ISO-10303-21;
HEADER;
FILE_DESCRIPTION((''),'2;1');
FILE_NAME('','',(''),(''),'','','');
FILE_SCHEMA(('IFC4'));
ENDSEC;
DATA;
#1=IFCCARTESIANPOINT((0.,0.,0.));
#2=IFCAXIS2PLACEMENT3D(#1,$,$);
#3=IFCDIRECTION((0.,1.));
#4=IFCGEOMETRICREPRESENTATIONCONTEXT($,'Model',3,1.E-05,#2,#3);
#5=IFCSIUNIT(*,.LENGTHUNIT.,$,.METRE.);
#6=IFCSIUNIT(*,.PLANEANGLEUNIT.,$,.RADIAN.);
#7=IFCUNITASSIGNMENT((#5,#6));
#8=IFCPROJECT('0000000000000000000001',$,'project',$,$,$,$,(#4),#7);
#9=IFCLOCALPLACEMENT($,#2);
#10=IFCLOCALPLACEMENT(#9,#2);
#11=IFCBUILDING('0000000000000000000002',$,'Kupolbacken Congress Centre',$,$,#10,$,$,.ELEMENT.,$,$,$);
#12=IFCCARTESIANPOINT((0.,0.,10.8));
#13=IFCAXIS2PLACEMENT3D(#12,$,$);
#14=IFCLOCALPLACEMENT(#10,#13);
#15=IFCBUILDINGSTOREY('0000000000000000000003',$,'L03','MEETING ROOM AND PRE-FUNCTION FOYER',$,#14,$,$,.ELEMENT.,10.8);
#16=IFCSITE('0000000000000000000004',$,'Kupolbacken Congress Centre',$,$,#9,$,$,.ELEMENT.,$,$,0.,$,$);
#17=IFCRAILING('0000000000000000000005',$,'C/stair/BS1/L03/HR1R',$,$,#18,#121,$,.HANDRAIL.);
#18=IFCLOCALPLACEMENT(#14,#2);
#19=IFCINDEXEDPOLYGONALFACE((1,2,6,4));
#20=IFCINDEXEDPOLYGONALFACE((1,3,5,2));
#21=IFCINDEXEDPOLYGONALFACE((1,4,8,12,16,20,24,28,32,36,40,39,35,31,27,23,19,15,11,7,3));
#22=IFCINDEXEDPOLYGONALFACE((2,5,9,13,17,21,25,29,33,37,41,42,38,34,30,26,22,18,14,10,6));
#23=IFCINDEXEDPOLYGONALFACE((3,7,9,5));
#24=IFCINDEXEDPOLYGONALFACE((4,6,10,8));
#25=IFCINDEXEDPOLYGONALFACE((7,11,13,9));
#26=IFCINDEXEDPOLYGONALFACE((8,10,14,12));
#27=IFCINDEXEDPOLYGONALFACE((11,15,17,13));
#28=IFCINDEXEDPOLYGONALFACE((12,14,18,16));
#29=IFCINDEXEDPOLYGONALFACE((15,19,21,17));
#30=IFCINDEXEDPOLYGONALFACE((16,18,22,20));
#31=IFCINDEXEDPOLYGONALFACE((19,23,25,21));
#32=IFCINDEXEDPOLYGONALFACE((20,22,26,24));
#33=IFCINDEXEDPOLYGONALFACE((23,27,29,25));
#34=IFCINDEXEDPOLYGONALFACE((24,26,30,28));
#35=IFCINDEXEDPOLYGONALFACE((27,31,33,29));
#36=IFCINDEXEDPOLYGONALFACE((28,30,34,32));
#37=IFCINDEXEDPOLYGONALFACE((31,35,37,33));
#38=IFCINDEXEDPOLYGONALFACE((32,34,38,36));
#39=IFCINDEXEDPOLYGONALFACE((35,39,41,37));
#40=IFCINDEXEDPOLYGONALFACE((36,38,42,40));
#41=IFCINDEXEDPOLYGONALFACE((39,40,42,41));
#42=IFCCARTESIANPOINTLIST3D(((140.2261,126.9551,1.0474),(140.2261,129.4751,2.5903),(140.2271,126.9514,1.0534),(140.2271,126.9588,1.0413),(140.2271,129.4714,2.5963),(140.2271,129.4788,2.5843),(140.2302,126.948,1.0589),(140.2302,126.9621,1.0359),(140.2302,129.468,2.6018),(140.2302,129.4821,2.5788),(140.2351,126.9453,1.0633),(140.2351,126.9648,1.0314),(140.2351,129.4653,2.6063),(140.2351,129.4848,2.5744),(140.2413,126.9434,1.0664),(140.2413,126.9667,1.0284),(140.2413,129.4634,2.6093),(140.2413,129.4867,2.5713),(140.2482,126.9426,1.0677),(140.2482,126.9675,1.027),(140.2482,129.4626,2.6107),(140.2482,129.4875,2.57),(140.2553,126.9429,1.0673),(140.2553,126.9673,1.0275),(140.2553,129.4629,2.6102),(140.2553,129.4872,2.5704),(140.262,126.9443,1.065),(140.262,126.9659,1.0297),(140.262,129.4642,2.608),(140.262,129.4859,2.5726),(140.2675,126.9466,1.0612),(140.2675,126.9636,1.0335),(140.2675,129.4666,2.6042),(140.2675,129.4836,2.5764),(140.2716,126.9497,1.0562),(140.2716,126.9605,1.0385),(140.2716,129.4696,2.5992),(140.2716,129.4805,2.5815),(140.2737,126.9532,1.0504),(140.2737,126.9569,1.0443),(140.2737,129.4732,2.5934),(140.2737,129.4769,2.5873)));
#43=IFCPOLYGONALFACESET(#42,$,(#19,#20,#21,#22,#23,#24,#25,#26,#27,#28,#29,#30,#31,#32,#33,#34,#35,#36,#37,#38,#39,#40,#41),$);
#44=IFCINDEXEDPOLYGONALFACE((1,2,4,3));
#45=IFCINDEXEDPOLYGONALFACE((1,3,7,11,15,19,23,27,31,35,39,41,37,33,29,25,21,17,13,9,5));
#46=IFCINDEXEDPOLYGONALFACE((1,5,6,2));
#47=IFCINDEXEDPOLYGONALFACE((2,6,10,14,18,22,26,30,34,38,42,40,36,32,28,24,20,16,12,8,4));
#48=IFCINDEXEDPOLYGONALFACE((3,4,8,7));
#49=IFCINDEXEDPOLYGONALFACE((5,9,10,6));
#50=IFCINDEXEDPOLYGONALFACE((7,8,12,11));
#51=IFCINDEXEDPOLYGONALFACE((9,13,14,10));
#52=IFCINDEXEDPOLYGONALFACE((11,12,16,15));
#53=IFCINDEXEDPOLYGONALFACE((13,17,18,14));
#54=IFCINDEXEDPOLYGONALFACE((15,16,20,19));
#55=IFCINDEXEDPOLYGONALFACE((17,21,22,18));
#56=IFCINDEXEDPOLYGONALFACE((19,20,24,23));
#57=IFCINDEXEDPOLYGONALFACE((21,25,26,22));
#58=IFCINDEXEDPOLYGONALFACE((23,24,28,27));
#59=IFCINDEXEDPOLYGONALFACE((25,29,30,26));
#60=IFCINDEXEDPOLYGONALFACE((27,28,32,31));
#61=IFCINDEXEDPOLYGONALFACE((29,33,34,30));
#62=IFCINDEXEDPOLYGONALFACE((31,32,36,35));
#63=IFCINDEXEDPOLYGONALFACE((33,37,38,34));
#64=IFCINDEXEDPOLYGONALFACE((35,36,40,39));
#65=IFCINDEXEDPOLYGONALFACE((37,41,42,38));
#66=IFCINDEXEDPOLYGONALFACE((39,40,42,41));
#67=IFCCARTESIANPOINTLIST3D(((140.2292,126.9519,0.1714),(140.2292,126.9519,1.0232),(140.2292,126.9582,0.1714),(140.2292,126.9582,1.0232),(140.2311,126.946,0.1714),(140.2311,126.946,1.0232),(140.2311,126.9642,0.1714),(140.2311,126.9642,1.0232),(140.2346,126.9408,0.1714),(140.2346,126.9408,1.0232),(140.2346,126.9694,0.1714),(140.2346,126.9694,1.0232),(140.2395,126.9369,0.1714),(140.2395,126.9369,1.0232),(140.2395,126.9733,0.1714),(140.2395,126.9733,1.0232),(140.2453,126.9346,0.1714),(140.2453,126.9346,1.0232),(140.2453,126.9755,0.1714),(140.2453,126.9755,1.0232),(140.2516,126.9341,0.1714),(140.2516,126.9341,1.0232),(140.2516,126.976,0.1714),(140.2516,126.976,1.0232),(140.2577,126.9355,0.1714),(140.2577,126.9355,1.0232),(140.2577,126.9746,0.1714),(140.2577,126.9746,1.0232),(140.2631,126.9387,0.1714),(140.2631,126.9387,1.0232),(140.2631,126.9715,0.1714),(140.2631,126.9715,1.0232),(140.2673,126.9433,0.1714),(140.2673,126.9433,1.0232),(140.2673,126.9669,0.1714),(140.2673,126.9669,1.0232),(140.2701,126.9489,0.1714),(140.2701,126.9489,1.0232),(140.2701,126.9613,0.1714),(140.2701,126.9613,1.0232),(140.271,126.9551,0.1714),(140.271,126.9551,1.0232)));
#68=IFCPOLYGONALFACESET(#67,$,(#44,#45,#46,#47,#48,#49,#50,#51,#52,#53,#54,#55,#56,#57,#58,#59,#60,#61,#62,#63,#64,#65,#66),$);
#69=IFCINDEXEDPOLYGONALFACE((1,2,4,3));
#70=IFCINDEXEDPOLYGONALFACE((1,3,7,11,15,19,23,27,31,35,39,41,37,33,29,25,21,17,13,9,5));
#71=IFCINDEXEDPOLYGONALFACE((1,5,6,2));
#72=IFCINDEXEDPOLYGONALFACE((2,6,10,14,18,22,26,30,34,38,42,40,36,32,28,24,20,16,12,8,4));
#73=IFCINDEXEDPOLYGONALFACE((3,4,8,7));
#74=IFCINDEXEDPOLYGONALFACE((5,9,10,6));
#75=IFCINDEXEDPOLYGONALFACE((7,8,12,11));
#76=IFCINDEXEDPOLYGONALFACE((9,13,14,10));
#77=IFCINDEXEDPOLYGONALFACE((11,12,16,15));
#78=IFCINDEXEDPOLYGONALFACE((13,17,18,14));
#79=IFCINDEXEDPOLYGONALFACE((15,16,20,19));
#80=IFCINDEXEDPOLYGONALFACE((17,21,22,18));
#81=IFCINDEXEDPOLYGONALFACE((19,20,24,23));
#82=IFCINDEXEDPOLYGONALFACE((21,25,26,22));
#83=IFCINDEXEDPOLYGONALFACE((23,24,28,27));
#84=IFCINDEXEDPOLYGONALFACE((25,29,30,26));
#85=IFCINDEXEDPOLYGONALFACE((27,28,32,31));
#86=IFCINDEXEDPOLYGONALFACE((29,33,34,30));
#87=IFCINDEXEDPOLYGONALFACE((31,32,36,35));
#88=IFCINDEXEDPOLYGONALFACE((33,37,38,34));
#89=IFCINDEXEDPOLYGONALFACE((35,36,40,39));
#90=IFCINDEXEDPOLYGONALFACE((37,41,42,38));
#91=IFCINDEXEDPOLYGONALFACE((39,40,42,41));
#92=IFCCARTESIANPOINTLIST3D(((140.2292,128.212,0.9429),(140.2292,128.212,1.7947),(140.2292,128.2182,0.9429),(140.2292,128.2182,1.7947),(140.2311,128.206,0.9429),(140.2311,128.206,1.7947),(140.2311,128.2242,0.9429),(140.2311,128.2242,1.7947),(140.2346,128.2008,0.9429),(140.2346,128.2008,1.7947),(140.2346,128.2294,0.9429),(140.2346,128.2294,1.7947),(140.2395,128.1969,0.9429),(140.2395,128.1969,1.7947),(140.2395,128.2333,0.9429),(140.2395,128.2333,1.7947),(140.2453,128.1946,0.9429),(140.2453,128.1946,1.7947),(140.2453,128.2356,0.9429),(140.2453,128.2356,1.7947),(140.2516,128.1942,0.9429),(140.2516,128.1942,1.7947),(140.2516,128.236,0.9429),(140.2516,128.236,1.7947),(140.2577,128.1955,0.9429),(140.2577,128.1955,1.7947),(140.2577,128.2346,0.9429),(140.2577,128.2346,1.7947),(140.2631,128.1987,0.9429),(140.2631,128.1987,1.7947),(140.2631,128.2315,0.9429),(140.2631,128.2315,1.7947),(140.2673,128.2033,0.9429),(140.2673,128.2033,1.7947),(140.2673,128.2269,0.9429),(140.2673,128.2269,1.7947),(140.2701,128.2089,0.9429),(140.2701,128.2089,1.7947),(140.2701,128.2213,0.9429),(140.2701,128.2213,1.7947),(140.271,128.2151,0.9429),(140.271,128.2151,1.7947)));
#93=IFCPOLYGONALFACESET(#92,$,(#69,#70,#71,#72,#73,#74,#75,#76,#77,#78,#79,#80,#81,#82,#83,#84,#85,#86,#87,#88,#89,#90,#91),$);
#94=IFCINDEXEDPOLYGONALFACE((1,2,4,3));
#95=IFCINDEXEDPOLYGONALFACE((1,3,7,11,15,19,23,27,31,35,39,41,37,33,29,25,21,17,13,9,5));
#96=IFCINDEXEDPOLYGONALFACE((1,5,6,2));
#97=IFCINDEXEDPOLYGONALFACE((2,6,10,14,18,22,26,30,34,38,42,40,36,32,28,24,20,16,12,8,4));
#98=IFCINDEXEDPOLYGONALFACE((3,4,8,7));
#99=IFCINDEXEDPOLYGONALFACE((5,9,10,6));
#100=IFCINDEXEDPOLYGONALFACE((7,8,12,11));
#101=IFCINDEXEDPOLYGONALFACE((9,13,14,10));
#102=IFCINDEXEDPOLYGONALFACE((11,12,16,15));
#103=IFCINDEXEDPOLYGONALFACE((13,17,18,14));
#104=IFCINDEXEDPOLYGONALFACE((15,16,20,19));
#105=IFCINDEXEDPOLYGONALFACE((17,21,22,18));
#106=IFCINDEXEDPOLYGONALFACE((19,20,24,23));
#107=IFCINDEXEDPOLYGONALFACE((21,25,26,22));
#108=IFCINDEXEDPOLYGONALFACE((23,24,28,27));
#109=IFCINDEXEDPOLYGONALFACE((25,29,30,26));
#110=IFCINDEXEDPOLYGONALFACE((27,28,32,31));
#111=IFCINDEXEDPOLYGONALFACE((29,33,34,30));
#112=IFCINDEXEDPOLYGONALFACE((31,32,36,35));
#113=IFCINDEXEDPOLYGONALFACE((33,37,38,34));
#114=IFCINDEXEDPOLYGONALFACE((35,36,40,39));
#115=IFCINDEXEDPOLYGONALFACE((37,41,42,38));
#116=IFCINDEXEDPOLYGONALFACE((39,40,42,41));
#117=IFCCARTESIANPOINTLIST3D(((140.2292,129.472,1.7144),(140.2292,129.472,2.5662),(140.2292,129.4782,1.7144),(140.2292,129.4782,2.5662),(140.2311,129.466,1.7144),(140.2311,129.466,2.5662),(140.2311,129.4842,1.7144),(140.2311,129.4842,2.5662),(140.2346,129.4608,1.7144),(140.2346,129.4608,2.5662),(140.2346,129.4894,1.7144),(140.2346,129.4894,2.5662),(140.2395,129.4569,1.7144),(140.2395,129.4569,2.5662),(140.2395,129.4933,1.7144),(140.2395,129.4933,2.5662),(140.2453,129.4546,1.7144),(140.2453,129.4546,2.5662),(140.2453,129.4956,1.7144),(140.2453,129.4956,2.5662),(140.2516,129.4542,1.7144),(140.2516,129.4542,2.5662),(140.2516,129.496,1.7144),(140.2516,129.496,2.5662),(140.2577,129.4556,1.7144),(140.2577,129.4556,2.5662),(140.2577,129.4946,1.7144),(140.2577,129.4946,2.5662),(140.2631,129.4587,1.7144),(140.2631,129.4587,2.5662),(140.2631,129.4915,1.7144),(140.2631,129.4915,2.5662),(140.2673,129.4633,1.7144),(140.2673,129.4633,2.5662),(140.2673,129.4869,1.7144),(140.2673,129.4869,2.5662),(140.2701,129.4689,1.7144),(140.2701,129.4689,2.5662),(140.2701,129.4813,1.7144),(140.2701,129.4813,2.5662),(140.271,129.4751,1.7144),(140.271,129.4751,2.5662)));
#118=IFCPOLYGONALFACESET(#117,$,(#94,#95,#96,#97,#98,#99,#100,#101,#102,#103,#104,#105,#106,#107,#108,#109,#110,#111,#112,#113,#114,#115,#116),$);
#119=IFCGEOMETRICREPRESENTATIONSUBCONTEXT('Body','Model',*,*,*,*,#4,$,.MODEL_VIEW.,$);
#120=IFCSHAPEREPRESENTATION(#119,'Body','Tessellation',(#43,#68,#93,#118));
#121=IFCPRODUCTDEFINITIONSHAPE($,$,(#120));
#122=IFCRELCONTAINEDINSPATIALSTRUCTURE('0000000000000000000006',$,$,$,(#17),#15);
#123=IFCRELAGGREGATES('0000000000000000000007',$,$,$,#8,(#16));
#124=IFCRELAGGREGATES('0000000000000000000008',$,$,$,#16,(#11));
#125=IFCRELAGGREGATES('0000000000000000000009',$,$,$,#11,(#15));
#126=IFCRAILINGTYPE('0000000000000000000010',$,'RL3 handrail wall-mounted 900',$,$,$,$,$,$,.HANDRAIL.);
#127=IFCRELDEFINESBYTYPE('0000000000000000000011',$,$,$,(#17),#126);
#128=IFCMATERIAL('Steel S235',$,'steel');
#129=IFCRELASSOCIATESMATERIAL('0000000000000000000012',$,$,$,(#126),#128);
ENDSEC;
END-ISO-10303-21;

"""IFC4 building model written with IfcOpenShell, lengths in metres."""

from ifc_helpers import new_model, si_unit, direction, frame, origin, origin_2d, place, context, subcontext, project, spatial, circle, extrude, material, type_object, element, save


model = new_model("IFC4")

# Units and contexts
model_context = context("Model", 3, precision=1e-05, world=origin(), true_north=direction((0.0, 1.0)))
body_context = subcontext(model_context, "Body", "Model", "MODEL_VIEW")
ifc_project = project(units=[si_unit("LENGTHUNIT", "METRE"), si_unit("PLANEANGLEUNIT", "RADIAN")], contexts=[model_context])

# Site, building, storey
site_placement = place(None, origin())
site = spatial("IfcSite", under=ifc_project, at=site_placement, Name="Kupolbacken Congress Centre", CompositionType="ELEMENT", RefElevation=0.0)
building_placement = place(site_placement, origin())
building = spatial("IfcBuilding", under=site, at=building_placement, Name="Kupolbacken Congress Centre", CompositionType="ELEMENT")
storey_placement = place(building_placement, frame((0.0, 0.0, 10.8)))
storey = spatial("IfcBuildingStorey", under=building, at=storey_placement, Name="L03", Description="MEETING ROOM AND PRE-FUNCTION FOYER", CompositionType="ELEMENT", Elevation=10.8)

# Railing
ifc_material_1 = material(Name="Steel S235", Category="steel")
railing_type_1 = type_object("IfcRailingType", Name="RL3 handrail wall-mounted 900", PredefinedType="HANDRAIL", material=ifc_material_1)
for number, where, name in (
    (1, (140.25, 126.9551, 0.1714), "C/stair/BS1/L03/HR1R"),
):
    element("IfcRailing", number, at=place(storey_placement, frame(where)), inside=storey, type_object=railing_type_1, Name=name, PredefinedType="HANDRAIL", context=body_context, shape_type="SweptSolid", body=[
        extrude(circle(Radius=0.0239, at=origin_2d()), frame((0.0, 0.0, 0.876), z_axis=(0.0, 0.852836, 0.522178), x_axis=(-1.0, 0.0, 0.0)), (0.0, 0.0, 1.0), 2.9548),
        extrude(circle(Radius=0.021, at=origin_2d()), origin(), (0.0, 0.0, 1.0), 0.8518),
        extrude(circle(Radius=0.021, at=origin_2d()), frame((0.0, 1.26, 0.7715)), (0.0, 0.0, 1.0), 0.8518),
        extrude(circle(Radius=0.021, at=origin_2d()), frame((0.0, 2.52, 1.543)), (0.0, 0.0, 1.0), 0.8518),
    ])

save(model, "model.ifc")
